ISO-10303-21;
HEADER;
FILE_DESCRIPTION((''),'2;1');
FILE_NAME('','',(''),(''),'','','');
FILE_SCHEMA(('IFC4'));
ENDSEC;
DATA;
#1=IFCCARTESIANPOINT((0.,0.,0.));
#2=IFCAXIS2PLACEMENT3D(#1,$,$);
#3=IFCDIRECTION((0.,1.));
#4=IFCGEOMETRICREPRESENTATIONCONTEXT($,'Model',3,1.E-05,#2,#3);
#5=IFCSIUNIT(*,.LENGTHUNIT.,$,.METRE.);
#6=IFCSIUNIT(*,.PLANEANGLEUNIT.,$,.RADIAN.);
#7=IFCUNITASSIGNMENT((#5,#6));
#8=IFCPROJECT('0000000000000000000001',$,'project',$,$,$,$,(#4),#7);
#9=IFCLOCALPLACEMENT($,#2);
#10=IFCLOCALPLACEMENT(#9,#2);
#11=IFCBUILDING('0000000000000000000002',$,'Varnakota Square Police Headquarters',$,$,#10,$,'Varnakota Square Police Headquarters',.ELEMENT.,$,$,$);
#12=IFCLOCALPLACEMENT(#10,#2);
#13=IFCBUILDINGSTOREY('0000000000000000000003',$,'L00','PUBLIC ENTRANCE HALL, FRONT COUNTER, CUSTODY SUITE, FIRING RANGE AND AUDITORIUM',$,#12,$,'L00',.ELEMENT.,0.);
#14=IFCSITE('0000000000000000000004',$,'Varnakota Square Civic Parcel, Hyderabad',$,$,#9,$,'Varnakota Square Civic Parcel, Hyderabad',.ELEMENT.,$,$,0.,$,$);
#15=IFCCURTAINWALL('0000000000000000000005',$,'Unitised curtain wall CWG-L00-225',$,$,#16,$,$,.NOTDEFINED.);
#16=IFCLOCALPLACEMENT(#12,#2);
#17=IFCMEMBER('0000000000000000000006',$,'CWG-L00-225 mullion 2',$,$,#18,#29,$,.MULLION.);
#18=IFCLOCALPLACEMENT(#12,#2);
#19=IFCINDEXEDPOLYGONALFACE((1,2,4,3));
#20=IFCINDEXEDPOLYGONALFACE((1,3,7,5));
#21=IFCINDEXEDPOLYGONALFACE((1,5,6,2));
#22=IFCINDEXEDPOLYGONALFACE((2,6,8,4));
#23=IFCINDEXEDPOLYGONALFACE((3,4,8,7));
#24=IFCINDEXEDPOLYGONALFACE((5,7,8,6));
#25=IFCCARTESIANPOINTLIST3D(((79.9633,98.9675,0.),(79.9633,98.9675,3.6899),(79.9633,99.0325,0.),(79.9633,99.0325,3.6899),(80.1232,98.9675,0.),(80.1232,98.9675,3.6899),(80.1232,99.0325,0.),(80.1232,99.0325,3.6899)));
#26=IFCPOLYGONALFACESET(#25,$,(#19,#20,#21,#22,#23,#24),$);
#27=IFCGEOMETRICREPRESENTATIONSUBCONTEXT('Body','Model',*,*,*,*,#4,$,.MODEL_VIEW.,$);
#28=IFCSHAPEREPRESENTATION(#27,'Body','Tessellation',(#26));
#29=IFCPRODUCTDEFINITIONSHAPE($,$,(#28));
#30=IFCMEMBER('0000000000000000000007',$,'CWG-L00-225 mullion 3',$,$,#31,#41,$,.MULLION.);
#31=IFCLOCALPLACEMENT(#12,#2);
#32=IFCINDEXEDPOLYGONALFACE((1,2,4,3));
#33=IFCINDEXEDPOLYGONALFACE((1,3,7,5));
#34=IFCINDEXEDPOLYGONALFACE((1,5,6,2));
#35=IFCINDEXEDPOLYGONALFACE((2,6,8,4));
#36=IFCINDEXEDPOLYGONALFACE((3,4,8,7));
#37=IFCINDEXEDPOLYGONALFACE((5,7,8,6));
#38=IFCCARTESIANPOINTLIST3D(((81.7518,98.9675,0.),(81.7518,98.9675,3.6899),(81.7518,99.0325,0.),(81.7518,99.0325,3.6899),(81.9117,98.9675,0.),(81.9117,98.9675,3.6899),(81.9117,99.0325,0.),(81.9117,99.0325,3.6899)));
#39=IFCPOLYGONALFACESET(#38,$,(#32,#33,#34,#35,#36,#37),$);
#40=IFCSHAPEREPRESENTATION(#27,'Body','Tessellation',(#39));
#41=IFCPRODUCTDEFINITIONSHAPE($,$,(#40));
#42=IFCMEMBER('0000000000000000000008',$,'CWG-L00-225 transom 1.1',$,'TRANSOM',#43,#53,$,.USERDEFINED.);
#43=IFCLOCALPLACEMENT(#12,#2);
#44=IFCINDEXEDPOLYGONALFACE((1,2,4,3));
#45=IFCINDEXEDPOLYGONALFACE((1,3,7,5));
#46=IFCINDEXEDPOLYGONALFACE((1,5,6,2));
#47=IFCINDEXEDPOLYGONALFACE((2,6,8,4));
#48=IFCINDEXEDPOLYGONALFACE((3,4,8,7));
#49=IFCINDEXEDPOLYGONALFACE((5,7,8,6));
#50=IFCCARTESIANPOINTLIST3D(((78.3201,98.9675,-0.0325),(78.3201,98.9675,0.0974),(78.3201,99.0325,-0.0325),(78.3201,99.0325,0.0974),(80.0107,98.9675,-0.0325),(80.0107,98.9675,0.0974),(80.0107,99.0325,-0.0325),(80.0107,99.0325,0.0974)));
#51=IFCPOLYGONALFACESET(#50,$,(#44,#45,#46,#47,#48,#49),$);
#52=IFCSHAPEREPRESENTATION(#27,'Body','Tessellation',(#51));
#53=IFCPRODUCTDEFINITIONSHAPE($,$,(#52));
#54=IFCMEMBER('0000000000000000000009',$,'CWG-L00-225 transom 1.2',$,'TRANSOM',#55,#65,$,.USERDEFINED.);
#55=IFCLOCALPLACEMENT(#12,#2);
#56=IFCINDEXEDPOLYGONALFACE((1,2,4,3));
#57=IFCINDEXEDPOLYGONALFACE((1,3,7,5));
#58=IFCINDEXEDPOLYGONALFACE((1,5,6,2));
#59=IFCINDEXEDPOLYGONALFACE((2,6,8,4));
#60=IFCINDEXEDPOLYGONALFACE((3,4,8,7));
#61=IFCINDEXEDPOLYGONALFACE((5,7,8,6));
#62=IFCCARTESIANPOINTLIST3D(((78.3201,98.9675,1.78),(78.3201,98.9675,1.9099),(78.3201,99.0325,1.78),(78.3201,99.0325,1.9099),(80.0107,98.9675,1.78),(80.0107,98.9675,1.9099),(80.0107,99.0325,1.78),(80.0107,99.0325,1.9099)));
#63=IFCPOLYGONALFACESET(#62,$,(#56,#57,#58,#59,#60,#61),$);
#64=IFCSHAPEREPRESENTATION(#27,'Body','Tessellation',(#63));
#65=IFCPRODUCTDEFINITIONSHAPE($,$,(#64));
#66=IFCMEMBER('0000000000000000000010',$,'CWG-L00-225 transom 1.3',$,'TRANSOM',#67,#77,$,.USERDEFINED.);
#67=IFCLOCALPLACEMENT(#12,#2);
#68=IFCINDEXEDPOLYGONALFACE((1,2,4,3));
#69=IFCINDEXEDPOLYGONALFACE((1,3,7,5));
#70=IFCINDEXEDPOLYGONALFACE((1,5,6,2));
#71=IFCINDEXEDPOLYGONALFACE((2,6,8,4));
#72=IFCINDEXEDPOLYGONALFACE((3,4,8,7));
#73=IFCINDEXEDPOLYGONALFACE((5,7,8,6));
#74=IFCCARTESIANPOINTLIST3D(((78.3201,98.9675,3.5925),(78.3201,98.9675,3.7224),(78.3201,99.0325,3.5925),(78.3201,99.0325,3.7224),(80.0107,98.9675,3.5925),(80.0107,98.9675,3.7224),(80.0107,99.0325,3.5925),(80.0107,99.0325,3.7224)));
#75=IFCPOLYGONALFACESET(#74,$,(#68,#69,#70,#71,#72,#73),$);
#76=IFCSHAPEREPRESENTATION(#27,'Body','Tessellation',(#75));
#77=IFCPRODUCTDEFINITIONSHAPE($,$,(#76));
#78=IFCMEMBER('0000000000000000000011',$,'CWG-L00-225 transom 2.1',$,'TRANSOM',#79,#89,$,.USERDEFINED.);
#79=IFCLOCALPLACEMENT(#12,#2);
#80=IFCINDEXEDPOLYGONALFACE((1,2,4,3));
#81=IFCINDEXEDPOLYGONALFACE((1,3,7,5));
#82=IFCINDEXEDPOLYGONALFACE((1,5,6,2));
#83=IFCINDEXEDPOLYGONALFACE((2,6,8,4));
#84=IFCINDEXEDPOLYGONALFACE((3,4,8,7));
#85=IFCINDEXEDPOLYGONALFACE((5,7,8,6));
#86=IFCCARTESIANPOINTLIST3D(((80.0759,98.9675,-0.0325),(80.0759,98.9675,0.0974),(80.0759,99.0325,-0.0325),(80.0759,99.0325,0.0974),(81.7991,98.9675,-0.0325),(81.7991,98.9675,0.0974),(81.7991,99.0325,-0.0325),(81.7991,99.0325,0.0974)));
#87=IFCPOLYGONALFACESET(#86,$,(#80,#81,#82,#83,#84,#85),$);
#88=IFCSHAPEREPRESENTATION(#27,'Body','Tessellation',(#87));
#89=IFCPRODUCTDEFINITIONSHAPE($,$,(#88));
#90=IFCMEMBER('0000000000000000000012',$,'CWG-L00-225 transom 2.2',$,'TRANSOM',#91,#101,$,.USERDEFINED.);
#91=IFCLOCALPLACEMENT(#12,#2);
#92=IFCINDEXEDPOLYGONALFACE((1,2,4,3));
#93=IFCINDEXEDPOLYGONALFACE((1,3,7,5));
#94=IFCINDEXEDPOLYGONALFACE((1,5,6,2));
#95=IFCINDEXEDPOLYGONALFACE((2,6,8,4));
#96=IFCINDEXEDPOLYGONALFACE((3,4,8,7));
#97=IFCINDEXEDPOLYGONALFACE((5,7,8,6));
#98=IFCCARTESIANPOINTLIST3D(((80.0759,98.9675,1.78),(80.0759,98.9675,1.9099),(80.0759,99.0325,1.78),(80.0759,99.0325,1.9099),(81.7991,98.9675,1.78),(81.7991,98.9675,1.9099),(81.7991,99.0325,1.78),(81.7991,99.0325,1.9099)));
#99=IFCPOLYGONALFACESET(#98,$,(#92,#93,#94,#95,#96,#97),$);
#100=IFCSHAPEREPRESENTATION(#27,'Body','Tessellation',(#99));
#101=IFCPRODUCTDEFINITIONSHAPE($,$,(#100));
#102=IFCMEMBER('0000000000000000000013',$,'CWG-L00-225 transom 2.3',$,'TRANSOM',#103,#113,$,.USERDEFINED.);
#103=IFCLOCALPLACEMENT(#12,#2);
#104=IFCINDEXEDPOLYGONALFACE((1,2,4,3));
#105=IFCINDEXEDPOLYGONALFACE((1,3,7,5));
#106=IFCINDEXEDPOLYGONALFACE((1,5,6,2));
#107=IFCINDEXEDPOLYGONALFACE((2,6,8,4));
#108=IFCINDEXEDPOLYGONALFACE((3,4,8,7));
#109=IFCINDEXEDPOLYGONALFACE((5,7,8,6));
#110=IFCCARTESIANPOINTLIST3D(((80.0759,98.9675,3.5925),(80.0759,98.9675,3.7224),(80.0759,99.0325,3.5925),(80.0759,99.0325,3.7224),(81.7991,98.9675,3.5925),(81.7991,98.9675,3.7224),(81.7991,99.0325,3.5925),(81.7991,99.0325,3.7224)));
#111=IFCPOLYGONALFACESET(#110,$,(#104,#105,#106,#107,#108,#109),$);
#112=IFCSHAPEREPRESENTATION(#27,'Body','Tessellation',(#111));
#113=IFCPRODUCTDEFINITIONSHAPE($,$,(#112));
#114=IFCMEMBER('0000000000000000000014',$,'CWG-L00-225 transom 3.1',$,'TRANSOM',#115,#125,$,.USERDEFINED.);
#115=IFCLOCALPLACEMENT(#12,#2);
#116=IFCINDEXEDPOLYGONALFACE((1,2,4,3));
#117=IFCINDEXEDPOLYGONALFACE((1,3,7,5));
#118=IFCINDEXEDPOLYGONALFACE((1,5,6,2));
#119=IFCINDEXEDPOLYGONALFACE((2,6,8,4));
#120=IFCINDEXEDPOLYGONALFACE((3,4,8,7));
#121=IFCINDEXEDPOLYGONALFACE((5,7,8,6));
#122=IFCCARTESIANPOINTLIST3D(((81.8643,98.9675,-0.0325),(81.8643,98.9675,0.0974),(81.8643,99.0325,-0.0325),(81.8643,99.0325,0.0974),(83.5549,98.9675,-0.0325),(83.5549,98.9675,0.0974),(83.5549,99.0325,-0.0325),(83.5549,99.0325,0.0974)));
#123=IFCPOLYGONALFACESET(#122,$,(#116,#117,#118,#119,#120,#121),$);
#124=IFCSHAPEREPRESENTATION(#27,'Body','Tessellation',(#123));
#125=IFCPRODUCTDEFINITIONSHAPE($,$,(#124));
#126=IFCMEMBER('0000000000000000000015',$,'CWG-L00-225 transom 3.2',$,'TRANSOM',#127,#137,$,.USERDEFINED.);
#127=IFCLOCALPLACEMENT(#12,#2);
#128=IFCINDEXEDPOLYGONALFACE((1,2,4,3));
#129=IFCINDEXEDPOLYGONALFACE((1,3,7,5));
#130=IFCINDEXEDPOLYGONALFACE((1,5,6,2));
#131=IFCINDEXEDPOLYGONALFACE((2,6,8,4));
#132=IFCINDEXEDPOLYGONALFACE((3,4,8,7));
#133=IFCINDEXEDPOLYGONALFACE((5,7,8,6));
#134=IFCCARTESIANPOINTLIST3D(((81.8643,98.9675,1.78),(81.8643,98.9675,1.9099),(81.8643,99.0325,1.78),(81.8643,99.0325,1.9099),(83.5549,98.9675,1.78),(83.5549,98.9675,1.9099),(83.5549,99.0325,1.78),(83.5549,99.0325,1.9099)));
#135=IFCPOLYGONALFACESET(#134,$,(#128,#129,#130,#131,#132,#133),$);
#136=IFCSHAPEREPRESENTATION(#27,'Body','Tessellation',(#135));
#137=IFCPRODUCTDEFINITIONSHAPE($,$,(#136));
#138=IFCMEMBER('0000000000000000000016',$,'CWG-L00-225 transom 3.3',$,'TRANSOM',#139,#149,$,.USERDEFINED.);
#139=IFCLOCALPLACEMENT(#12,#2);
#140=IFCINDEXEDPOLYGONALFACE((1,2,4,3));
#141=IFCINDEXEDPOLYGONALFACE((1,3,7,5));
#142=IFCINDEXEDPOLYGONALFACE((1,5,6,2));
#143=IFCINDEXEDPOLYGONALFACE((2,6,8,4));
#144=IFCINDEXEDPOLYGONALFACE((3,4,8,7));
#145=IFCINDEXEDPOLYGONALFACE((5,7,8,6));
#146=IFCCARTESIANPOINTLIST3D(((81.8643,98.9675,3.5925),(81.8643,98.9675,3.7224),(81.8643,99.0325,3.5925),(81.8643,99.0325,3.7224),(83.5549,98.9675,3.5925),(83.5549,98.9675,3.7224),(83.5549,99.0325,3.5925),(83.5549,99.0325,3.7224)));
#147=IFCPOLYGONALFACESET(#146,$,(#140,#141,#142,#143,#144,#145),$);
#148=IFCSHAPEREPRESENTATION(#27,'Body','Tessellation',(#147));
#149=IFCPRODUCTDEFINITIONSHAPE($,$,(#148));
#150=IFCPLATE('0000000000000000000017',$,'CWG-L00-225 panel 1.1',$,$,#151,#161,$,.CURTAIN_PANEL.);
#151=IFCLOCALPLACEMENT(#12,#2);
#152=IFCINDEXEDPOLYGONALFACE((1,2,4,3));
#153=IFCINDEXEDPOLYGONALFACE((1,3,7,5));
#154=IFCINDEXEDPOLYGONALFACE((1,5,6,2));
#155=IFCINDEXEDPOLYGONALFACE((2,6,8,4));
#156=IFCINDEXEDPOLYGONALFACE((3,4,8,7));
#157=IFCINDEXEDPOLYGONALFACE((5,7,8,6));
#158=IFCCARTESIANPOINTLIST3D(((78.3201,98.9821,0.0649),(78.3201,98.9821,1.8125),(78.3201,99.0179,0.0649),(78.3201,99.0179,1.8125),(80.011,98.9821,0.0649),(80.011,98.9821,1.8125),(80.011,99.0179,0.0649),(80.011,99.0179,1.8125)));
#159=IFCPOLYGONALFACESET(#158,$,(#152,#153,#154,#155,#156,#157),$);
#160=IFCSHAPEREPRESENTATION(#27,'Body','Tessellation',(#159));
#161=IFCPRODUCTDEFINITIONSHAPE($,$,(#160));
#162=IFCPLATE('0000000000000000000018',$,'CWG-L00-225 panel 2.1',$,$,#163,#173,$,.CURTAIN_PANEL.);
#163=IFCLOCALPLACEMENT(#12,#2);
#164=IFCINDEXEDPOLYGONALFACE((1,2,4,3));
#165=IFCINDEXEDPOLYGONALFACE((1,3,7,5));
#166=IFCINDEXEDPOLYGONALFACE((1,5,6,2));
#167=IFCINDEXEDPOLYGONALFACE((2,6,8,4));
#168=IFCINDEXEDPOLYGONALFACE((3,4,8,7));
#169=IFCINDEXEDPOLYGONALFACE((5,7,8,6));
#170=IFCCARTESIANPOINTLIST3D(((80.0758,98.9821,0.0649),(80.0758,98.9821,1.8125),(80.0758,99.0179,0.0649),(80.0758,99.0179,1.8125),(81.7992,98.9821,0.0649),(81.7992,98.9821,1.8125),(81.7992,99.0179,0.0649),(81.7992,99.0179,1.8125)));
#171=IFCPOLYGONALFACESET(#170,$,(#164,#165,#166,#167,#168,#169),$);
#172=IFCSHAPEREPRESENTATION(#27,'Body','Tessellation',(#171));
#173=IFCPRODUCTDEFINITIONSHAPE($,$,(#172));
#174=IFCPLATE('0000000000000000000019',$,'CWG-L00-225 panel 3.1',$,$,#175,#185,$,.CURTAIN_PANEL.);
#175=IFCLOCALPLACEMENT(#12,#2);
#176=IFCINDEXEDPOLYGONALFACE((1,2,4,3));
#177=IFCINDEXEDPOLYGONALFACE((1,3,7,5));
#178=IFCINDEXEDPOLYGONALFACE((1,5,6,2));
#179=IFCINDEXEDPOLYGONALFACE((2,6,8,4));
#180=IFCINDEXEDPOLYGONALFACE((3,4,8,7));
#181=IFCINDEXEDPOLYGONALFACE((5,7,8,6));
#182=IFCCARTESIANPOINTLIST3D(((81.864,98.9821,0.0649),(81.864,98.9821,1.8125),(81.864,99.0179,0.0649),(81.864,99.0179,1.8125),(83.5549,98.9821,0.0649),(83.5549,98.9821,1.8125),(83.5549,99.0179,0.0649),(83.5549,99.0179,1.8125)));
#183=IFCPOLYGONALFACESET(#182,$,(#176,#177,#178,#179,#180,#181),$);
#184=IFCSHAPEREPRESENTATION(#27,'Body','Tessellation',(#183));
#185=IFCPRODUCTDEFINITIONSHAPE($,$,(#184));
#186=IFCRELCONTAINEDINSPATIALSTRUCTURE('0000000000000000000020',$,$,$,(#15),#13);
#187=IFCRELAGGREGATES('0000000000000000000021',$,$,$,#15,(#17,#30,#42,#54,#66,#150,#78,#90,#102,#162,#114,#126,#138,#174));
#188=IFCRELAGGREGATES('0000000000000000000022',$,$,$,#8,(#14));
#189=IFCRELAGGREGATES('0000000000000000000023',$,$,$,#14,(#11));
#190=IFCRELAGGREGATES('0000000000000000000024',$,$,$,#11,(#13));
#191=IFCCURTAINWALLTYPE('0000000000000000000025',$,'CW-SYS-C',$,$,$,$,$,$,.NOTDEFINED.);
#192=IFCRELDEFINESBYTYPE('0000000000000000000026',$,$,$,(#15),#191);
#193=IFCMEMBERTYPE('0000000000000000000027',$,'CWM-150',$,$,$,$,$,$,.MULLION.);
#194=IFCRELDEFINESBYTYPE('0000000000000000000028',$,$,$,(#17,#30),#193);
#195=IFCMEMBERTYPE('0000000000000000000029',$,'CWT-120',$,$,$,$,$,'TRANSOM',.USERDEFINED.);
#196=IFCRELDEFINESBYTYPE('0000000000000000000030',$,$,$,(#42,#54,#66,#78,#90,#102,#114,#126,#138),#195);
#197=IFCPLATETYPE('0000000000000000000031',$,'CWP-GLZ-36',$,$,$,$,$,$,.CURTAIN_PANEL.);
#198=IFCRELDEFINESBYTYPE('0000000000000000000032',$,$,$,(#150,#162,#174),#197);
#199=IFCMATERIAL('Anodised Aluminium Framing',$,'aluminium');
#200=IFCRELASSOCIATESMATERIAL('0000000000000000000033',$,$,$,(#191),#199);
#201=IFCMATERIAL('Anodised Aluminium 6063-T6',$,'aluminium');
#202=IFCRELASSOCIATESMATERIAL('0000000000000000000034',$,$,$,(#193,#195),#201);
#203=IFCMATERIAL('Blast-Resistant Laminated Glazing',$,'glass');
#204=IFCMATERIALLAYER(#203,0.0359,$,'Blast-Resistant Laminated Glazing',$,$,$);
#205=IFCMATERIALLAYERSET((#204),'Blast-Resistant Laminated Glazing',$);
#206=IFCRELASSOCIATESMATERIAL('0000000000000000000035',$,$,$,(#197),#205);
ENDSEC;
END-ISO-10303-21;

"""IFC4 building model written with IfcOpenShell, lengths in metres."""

from ifc_helpers import new_model, si_unit, direction, frame, origin, origin_2d, place, context, subcontext, project, spatial, rectangle, extrude, material, layer, layer_set, material_profile, profile_set, type_object, element, aggregate, save


model = new_model("IFC4")

# Units and contexts
model_context = context("Model", 3, precision=1e-05, world=origin(), true_north=direction((0.0, 1.0)))
body_context = subcontext(model_context, "Body", "Model", "MODEL_VIEW")
ifc_project = project(units=[si_unit("LENGTHUNIT", "METRE"), si_unit("PLANEANGLEUNIT", "RADIAN")], contexts=[model_context])

# Site, building, storey
site_placement = place(None, origin())
site = spatial("IfcSite", under=ifc_project, at=site_placement, Name="Varnakota Square Civic Parcel, Hyderabad", LongName="Varnakota Square Civic Parcel, Hyderabad", CompositionType="ELEMENT", RefElevation=0.0)
building_placement = place(site_placement, origin())
building = spatial("IfcBuilding", under=site, at=building_placement, Name="Varnakota Square Police Headquarters", LongName="Varnakota Square Police Headquarters", CompositionType="ELEMENT")
storey_placement = place(building_placement, origin())
storey = spatial("IfcBuildingStorey", under=building, at=storey_placement, Name="L00", Description="PUBLIC ENTRANCE HALL, FRONT COUNTER, CUSTODY SUITE, FIRING RANGE AND AUDITORIUM", LongName="L00", CompositionType="ELEMENT", Elevation=0.0)

# Curtain wall, members, plates
ifc_material_1 = material(Name="Anodised Aluminium Framing", Category="aluminium")
curtain_wall_type = type_object("IfcCurtainWallType", Name="CW-SYS-C", PredefinedType="NOTDEFINED", material=ifc_material_1)
curtain_wall_placement = place(storey_placement, origin())
curtain_wall = element("IfcCurtainWall", 1, at=curtain_wall_placement, inside=storey, type_object=curtain_wall_type, Name="Unitised curtain wall CWG-L00-225", PredefinedType="NOTDEFINED")
ifc_material_2 = material(Name="Anodised Aluminium 6063-T6", Category="aluminium")
ifc_material_profile_1 = material_profile(ifc_material_2, rectangle(XDim=0.0649, YDim=0.1599, at=origin_2d()), Name="ALU MULLION 65x160")
ifc_profile_set_1 = profile_set([ifc_material_profile_1], Name="Anodised Aluminium 6063-T6")
member_type_1 = type_object("IfcMemberType", Name="CWM-150", PredefinedType="MULLION", material=ifc_profile_set_1)
member_1_placement = place(storey_placement, frame((80.0432, 99.0, 0.0), z_axis=(0.0, 0.0, 1.0), x_axis=(0.0, 1.0, 0.0)))
member_1 = element("IfcMember", 2, at=member_1_placement, type_object=member_type_1, Name="CWG-L00-225 mullion 2", PredefinedType="MULLION", context=body_context, shape_type="SweptSolid", body=[
    extrude(rectangle(XDim=0.0649, YDim=0.1599, at=origin_2d()), origin(), (0.0, 0.0, 1.0), 3.6899),
])
member_2_placement = place(storey_placement, frame((81.8318, 99.0, 0.0), z_axis=(0.0, 0.0, 1.0), x_axis=(0.0, 1.0, 0.0)))
member_2 = element("IfcMember", 3, at=member_2_placement, type_object=member_type_1, Name="CWG-L00-225 mullion 3", PredefinedType="MULLION", context=body_context, shape_type="SweptSolid", body=[
    extrude(rectangle(XDim=0.0649, YDim=0.1599, at=origin_2d()), origin(), (0.0, 0.0, 1.0), 3.6899),
])
ifc_material_profile_2 = material_profile(ifc_material_2, rectangle(XDim=0.0649, YDim=0.1299, at=origin_2d()), Name="ALU TRANSOM 65x130")
ifc_profile_set_2 = profile_set([ifc_material_profile_2], Name="Anodised Aluminium 6063-T6")
member_type_2 = type_object("IfcMemberType", Name="CWT-120", ElementType="TRANSOM", PredefinedType="USERDEFINED", material=ifc_profile_set_2)
member_3_placement = place(storey_placement, frame((78.3201, 99.0, 0.0325), z_axis=(1.0, 0.0, 0.0), x_axis=(0.0, 1.0, 0.0)))
member_3 = element("IfcMember", 4, at=member_3_placement, type_object=member_type_2, Name="CWG-L00-225 transom 1.1", ObjectType="TRANSOM", PredefinedType="USERDEFINED", context=body_context, shape_type="SweptSolid", body=[
    extrude(rectangle(XDim=0.0649, YDim=0.1299, at=origin_2d()), origin(), (0.0, 0.0, 1.0), 1.6907),
])
member_4_placement = place(storey_placement, frame((78.3201, 99.0, 1.845), z_axis=(1.0, 0.0, 0.0), x_axis=(0.0, 1.0, 0.0)))
member_4 = element("IfcMember", 5, at=member_4_placement, type_object=member_type_2, Name="CWG-L00-225 transom 1.2", ObjectType="TRANSOM", PredefinedType="USERDEFINED", context=body_context, shape_type="SweptSolid", body=[
    extrude(rectangle(XDim=0.0649, YDim=0.1299, at=origin_2d()), origin(), (0.0, 0.0, 1.0), 1.6907),
])
member_5_placement = place(storey_placement, frame((78.3201, 99.0, 3.6575), z_axis=(1.0, 0.0, 0.0), x_axis=(0.0, 1.0, 0.0)))
member_5 = element("IfcMember", 6, at=member_5_placement, type_object=member_type_2, Name="CWG-L00-225 transom 1.3", ObjectType="TRANSOM", PredefinedType="USERDEFINED", context=body_context, shape_type="SweptSolid", body=[
    extrude(rectangle(XDim=0.0649, YDim=0.1299, at=origin_2d()), origin(), (0.0, 0.0, 1.0), 1.6907),
])
member_6_placement = place(storey_placement, frame((80.0759, 99.0, 0.0325), z_axis=(1.0, 0.0, 0.0), x_axis=(0.0, 1.0, 0.0)))
member_6 = element("IfcMember", 7, at=member_6_placement, type_object=member_type_2, Name="CWG-L00-225 transom 2.1", ObjectType="TRANSOM", PredefinedType="USERDEFINED", context=body_context, shape_type="SweptSolid", body=[
    extrude(rectangle(XDim=0.0649, YDim=0.1299, at=origin_2d()), origin(), (0.0, 0.0, 1.0), 1.7231),
])
member_7_placement = place(storey_placement, frame((80.0759, 99.0, 1.845), z_axis=(1.0, 0.0, 0.0), x_axis=(0.0, 1.0, 0.0)))
member_7 = element("IfcMember", 8, at=member_7_placement, type_object=member_type_2, Name="CWG-L00-225 transom 2.2", ObjectType="TRANSOM", PredefinedType="USERDEFINED", context=body_context, shape_type="SweptSolid", body=[
    extrude(rectangle(XDim=0.0649, YDim=0.1299, at=origin_2d()), origin(), (0.0, 0.0, 1.0), 1.7231),
])
member_8_placement = place(storey_placement, frame((80.0759, 99.0, 3.6575), z_axis=(1.0, 0.0, 0.0), x_axis=(0.0, 1.0, 0.0)))
member_8 = element("IfcMember", 9, at=member_8_placement, type_object=member_type_2, Name="CWG-L00-225 transom 2.3", ObjectType="TRANSOM", PredefinedType="USERDEFINED", context=body_context, shape_type="SweptSolid", body=[
    extrude(rectangle(XDim=0.0649, YDim=0.1299, at=origin_2d()), origin(), (0.0, 0.0, 1.0), 1.7231),
])
member_9_placement = place(storey_placement, frame((81.8643, 99.0, 0.0325), z_axis=(1.0, 0.0, 0.0), x_axis=(0.0, 1.0, 0.0)))
member_9 = element("IfcMember", 10, at=member_9_placement, type_object=member_type_2, Name="CWG-L00-225 transom 3.1", ObjectType="TRANSOM", PredefinedType="USERDEFINED", context=body_context, shape_type="SweptSolid", body=[
    extrude(rectangle(XDim=0.0649, YDim=0.1299, at=origin_2d()), origin(), (0.0, 0.0, 1.0), 1.6907),
])
member_10_placement = place(storey_placement, frame((81.8643, 99.0, 1.845), z_axis=(1.0, 0.0, 0.0), x_axis=(0.0, 1.0, 0.0)))
member_10 = element("IfcMember", 11, at=member_10_placement, type_object=member_type_2, Name="CWG-L00-225 transom 3.2", ObjectType="TRANSOM", PredefinedType="USERDEFINED", context=body_context, shape_type="SweptSolid", body=[
    extrude(rectangle(XDim=0.0649, YDim=0.1299, at=origin_2d()), origin(), (0.0, 0.0, 1.0), 1.6907),
])
member_11_placement = place(storey_placement, frame((81.8643, 99.0, 3.6575), z_axis=(1.0, 0.0, 0.0), x_axis=(0.0, 1.0, 0.0)))
member_11 = element("IfcMember", 12, at=member_11_placement, type_object=member_type_2, Name="CWG-L00-225 transom 3.3", ObjectType="TRANSOM", PredefinedType="USERDEFINED", context=body_context, shape_type="SweptSolid", body=[
    extrude(rectangle(XDim=0.0649, YDim=0.1299, at=origin_2d()), origin(), (0.0, 0.0, 1.0), 1.6907),
])
ifc_material_3 = material(Name="Blast-Resistant Laminated Glazing", Category="glass")
ifc_layer_1 = layer(ifc_material_3, 0.0359, Name="Blast-Resistant Laminated Glazing")
ifc_layer_set_1 = layer_set([ifc_layer_1], Name="Blast-Resistant Laminated Glazing")
plate_type_1 = type_object("IfcPlateType", Name="CWP-GLZ-36", PredefinedType="CURTAIN_PANEL", material=ifc_layer_set_1)
plate_1_placement = place(storey_placement, frame((79.1655, 99.0, 0.0649), z_axis=(0.0, 0.0, 1.0), x_axis=(1.0, 0.0, 0.0)))
plate_1 = element("IfcPlate", 13, at=plate_1_placement, type_object=plate_type_1, Name="CWG-L00-225 panel 1.1", PredefinedType="CURTAIN_PANEL", context=body_context, shape_type="SweptSolid", body=[
    extrude(rectangle(XDim=1.6909, YDim=0.0359, at=origin_2d()), origin(), (0.0, 0.0, 1.0), 1.7476),
])
plate_2_placement = place(storey_placement, frame((80.9375, 99.0, 0.0649), z_axis=(0.0, 0.0, 1.0), x_axis=(1.0, 0.0, 0.0)))
plate_2 = element("IfcPlate", 14, at=plate_2_placement, type_object=plate_type_1, Name="CWG-L00-225 panel 2.1", PredefinedType="CURTAIN_PANEL", context=body_context, shape_type="SweptSolid", body=[
    extrude(rectangle(XDim=1.7234, YDim=0.0359, at=origin_2d()), origin(), (0.0, 0.0, 1.0), 1.7476),
])
plate_3_placement = place(storey_placement, frame((82.7095, 99.0, 0.0649), z_axis=(0.0, 0.0, 1.0), x_axis=(1.0, 0.0, 0.0)))
plate_3 = element("IfcPlate", 15, at=plate_3_placement, type_object=plate_type_1, Name="CWG-L00-225 panel 3.1", PredefinedType="CURTAIN_PANEL", context=body_context, shape_type="SweptSolid", body=[
    extrude(rectangle(XDim=1.6909, YDim=0.0359, at=origin_2d()), origin(), (0.0, 0.0, 1.0), 1.7476),
])
aggregate(curtain_wall, [member_1, member_2, member_3, member_4, member_5, plate_1, member_6, member_7, member_8, plate_2, member_9, member_10, member_11, plate_3])

save(model, "model.ifc")
